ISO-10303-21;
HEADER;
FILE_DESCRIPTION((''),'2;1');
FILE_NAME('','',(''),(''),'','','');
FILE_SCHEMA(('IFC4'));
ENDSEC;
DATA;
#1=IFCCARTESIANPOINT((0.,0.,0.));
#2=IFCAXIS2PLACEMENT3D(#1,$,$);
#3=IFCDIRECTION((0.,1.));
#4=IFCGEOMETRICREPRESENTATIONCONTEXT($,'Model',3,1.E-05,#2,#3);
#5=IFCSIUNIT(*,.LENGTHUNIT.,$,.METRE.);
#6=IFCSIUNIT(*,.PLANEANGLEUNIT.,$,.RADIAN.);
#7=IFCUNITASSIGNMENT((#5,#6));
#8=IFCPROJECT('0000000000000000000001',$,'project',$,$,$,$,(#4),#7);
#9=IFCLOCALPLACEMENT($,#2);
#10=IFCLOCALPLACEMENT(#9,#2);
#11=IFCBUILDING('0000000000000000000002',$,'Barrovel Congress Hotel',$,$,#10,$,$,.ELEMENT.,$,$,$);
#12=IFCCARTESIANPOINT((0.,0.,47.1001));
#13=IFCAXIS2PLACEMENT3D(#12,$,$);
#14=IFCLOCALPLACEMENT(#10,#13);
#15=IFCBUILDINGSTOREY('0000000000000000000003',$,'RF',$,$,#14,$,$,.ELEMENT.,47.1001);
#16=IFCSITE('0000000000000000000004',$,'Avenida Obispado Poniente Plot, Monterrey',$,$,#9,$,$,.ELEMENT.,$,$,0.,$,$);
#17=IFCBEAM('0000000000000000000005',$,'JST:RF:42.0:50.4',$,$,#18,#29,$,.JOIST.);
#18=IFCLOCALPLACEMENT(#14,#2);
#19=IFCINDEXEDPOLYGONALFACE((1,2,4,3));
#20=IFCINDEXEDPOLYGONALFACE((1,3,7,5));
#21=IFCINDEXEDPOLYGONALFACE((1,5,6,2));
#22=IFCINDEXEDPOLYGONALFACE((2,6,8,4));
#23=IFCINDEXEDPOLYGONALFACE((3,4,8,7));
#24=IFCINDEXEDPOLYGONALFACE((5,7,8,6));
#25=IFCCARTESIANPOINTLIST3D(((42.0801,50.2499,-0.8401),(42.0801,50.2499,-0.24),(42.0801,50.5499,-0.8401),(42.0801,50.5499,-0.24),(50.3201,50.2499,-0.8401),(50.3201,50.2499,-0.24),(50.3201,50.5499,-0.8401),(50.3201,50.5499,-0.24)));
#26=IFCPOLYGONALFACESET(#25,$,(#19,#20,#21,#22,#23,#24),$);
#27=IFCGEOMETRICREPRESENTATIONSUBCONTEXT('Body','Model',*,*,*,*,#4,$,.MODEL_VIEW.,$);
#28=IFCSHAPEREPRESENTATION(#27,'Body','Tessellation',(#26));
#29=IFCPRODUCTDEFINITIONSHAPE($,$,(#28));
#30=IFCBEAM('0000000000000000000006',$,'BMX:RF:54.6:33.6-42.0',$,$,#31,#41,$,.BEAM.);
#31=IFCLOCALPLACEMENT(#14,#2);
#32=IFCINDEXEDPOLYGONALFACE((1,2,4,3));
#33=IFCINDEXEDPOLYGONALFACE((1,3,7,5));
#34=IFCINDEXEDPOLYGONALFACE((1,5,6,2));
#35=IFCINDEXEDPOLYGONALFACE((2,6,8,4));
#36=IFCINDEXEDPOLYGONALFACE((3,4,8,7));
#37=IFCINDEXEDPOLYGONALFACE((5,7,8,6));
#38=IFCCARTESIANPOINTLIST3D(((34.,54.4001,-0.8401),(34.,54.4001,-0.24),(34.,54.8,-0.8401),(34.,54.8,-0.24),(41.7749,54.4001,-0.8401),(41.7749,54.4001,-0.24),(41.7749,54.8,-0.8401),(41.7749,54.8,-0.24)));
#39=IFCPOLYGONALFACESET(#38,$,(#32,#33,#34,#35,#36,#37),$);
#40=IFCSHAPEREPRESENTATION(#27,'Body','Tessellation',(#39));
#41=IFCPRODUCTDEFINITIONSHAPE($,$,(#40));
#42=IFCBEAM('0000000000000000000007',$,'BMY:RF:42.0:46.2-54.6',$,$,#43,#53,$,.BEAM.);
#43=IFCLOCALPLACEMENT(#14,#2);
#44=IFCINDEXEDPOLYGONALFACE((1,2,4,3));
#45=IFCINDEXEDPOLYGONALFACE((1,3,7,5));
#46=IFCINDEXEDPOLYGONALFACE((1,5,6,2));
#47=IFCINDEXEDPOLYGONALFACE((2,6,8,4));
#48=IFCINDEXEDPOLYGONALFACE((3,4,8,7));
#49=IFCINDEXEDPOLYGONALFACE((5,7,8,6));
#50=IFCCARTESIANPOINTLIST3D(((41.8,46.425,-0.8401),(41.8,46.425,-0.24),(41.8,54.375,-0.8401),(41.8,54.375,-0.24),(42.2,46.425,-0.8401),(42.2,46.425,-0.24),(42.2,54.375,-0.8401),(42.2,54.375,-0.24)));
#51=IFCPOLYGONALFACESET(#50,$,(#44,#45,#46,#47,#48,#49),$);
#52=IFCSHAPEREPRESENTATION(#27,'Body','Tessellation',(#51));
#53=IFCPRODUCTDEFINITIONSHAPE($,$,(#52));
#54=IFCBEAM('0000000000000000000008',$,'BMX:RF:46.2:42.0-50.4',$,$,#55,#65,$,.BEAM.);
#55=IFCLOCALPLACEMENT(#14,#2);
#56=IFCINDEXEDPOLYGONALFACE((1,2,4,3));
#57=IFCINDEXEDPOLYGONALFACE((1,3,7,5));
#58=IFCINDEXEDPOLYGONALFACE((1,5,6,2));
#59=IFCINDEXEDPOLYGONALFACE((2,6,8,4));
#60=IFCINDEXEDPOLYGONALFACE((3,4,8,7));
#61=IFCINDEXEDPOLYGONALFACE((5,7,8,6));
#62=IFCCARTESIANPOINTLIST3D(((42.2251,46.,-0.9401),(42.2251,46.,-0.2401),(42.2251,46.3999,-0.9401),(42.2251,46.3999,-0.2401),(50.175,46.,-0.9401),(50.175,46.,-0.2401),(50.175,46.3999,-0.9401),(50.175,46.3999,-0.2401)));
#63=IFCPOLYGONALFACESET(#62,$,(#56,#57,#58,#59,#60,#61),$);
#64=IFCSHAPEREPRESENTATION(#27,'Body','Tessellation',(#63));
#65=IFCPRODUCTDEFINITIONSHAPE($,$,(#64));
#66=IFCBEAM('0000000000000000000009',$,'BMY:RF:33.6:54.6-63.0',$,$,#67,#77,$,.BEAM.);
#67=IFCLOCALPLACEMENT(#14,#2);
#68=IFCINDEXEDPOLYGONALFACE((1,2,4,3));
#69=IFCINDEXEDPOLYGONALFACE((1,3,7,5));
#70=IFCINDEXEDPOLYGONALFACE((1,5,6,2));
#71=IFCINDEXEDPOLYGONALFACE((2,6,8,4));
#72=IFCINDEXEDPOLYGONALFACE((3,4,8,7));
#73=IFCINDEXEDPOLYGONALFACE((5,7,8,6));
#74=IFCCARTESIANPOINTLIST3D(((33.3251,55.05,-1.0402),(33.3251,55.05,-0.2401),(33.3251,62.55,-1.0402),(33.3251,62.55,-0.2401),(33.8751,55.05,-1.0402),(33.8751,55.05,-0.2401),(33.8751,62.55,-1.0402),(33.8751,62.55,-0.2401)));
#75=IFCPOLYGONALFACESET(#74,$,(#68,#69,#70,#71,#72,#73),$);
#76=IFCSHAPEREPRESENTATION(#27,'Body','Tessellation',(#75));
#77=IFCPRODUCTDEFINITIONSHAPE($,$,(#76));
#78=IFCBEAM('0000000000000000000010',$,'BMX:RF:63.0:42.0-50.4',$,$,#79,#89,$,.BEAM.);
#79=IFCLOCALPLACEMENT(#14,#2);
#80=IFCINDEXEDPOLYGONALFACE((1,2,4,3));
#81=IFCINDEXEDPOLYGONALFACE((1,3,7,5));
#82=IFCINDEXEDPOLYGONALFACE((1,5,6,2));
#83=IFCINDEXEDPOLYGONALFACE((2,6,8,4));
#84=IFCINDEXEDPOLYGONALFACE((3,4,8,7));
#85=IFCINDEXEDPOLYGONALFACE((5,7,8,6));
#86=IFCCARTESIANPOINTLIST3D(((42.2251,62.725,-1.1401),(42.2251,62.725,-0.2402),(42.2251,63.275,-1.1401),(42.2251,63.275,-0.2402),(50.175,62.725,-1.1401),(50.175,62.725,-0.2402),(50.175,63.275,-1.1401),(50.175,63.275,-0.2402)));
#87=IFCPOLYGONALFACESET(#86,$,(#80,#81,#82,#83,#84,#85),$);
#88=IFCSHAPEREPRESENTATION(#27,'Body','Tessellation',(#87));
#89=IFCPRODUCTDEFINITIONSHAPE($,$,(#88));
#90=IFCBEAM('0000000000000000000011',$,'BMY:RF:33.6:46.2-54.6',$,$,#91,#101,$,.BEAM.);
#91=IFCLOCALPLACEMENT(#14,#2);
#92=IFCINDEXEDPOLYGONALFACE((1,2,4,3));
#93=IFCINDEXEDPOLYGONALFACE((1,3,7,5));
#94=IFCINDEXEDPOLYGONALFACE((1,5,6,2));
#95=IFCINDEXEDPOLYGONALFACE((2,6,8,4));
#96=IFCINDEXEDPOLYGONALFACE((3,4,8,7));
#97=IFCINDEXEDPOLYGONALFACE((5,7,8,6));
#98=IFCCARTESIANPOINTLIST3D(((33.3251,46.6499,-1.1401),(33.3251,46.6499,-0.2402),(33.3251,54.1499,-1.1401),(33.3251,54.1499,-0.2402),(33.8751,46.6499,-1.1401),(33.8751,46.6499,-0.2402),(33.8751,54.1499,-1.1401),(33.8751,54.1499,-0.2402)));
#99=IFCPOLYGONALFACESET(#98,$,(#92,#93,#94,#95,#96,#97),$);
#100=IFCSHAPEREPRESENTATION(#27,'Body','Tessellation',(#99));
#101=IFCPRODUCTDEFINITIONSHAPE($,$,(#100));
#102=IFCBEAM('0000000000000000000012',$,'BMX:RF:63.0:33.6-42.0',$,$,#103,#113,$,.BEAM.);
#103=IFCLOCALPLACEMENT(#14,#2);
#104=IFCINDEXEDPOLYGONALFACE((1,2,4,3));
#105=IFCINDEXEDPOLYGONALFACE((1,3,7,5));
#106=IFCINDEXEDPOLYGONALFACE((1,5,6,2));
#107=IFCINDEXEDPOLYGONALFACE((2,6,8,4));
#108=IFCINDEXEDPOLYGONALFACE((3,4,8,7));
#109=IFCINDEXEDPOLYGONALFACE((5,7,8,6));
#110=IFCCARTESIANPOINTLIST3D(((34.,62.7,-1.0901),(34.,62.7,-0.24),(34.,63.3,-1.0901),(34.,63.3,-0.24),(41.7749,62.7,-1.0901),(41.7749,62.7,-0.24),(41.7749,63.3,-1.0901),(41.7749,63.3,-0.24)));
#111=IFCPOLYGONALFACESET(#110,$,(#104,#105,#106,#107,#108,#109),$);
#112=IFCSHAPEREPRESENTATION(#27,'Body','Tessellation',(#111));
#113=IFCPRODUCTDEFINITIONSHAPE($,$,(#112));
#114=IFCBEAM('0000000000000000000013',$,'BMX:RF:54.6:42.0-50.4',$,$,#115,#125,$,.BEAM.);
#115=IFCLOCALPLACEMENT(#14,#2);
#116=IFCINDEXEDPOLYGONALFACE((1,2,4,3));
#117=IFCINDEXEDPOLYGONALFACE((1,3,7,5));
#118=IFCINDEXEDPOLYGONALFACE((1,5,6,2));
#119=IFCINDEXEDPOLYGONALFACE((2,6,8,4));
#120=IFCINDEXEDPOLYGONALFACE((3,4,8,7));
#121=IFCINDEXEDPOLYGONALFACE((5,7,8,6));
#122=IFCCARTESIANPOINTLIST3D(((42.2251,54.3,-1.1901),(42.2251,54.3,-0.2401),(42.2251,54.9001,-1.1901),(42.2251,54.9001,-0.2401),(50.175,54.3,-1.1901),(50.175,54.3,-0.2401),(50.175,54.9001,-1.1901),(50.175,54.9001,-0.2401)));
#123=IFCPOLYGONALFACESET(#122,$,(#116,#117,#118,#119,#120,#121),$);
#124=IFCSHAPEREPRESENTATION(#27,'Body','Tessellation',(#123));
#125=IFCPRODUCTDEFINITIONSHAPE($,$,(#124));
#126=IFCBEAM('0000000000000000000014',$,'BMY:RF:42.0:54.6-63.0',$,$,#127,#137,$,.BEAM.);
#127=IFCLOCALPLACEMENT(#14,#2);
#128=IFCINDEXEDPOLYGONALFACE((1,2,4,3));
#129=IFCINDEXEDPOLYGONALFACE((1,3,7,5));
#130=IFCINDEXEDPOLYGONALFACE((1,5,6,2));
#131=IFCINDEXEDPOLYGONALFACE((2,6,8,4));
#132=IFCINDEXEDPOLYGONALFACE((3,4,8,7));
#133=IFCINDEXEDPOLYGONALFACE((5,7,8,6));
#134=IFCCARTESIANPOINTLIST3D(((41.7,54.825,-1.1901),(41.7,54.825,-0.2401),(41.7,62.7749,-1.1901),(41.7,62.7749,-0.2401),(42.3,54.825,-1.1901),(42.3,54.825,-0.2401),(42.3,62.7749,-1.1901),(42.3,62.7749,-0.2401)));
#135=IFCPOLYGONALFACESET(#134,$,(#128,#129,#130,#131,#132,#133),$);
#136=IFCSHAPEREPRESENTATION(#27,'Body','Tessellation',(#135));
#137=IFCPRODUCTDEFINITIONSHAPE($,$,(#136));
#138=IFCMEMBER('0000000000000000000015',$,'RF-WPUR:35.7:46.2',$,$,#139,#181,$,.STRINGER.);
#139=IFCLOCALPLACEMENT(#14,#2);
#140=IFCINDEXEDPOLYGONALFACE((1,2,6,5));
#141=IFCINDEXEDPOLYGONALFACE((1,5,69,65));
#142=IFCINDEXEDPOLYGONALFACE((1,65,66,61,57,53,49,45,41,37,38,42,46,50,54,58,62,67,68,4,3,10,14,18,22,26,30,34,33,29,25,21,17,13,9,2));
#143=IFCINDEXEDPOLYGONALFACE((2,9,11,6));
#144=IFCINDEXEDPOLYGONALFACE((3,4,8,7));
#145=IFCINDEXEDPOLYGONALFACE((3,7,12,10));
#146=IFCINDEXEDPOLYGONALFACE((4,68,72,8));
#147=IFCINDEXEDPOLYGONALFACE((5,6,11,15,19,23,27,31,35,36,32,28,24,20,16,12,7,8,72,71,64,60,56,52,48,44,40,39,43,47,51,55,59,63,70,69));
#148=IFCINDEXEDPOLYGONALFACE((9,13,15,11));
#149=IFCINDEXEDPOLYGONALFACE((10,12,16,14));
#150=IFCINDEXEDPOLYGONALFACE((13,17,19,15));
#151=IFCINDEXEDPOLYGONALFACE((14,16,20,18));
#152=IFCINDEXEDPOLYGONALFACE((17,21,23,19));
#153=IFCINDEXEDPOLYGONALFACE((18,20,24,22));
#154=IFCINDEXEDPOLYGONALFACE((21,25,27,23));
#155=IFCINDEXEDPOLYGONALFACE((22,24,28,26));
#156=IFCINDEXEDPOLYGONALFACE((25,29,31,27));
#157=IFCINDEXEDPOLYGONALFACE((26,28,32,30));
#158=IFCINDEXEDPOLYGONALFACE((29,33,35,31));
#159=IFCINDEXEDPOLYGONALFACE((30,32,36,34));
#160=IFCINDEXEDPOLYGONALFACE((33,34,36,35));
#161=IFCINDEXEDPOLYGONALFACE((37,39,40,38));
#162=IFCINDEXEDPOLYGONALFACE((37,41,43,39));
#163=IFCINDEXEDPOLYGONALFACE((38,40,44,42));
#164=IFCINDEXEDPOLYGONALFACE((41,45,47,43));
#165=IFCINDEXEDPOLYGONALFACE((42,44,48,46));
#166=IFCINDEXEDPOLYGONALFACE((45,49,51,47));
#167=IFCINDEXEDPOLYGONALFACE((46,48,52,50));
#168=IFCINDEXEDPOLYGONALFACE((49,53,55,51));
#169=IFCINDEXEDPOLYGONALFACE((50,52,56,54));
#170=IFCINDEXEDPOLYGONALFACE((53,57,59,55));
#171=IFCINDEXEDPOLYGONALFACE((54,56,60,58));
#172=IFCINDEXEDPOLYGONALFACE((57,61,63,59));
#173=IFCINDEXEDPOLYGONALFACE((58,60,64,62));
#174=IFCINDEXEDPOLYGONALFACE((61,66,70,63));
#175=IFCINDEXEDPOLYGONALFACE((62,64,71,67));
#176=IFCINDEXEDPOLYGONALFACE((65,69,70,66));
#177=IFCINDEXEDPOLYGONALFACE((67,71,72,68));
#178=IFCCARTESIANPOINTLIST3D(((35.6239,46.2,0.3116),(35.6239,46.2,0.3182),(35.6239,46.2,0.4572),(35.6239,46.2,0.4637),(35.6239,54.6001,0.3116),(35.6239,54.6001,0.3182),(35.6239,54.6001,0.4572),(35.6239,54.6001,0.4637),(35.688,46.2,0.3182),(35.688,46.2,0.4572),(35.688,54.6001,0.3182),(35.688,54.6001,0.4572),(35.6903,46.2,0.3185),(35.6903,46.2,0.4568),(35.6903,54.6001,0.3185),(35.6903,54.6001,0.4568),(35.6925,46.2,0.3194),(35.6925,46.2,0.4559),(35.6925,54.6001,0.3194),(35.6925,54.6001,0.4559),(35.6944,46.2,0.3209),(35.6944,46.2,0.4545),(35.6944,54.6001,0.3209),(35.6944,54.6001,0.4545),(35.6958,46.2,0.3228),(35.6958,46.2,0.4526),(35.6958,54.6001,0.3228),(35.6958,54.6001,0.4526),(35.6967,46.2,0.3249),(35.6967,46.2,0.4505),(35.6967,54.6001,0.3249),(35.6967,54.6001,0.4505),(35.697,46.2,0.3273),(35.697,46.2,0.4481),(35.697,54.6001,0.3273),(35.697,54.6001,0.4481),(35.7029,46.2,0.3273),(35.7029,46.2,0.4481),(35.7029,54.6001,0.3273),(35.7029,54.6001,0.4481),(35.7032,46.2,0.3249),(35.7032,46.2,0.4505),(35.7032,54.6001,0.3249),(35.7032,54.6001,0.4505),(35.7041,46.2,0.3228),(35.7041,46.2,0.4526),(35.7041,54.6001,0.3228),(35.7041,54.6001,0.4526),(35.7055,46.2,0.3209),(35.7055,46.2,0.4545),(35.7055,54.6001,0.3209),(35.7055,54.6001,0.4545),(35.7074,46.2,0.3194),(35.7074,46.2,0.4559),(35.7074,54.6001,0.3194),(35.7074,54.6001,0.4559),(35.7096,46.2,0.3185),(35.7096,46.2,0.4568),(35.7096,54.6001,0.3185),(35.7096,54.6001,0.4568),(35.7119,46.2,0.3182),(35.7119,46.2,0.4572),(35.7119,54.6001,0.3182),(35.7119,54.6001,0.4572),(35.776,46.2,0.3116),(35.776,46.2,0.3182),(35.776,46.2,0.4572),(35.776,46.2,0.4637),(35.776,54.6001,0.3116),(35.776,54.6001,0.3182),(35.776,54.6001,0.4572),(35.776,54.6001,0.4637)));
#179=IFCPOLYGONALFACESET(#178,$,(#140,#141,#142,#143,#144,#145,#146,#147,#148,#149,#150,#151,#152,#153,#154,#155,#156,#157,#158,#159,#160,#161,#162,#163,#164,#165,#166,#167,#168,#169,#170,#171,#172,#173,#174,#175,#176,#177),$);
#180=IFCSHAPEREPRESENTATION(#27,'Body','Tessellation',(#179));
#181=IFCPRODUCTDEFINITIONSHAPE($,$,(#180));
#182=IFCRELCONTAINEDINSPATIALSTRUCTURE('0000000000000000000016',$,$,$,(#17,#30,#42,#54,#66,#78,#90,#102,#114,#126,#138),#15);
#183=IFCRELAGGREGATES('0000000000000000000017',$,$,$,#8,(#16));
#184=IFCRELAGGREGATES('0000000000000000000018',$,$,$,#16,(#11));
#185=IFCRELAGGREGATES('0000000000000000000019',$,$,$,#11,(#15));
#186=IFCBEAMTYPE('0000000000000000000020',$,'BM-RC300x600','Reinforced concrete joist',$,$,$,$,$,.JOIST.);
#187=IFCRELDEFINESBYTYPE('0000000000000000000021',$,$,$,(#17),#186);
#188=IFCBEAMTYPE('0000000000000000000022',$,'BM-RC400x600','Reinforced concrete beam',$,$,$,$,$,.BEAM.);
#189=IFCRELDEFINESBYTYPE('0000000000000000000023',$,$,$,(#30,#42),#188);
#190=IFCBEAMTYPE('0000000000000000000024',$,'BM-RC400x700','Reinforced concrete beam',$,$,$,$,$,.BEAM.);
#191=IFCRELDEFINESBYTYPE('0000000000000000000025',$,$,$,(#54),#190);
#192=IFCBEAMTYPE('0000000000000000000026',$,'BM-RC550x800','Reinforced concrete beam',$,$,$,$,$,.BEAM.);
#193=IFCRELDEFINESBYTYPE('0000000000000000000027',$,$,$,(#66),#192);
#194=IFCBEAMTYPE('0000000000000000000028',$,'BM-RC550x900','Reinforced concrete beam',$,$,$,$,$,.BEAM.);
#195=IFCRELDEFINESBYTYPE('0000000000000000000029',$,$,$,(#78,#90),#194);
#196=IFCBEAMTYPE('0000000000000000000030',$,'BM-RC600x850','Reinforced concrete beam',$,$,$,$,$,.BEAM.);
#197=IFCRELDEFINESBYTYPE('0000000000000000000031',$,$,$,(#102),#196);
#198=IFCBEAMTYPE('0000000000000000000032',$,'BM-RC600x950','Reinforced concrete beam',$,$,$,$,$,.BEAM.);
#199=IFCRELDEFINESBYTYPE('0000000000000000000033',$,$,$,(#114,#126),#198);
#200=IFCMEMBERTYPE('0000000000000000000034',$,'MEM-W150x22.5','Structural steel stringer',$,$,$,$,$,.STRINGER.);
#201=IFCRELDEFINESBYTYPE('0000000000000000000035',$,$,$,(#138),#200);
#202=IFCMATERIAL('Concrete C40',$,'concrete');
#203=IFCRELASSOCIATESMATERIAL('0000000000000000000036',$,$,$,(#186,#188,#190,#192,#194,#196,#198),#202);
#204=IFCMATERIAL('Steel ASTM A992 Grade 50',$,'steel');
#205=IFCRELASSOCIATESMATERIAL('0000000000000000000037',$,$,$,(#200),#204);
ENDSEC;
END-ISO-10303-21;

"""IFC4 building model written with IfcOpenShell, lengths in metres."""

from ifc_helpers import new_model, si_unit, direction, frame, origin, origin_2d, place, context, subcontext, project, spatial, rectangle, i_section, extrude, material, material_profile, profile_set, type_object, element, save


model = new_model("IFC4")

# Units and contexts
model_context = context("Model", 3, precision=1e-05, world=origin(), true_north=direction((0.0, 1.0)))
body_context = subcontext(model_context, "Body", "Model", "MODEL_VIEW")
ifc_project = project(units=[si_unit("LENGTHUNIT", "METRE"), si_unit("PLANEANGLEUNIT", "RADIAN")], contexts=[model_context])

# Site, building, storey
site_placement = place(None, origin())
site = spatial("IfcSite", under=ifc_project, at=site_placement, Name="Avenida Obispado Poniente Plot, Monterrey", CompositionType="ELEMENT", RefElevation=0.0)
building_placement = place(site_placement, origin())
building = spatial("IfcBuilding", under=site, at=building_placement, Name="Barrovel Congress Hotel", CompositionType="ELEMENT")
storey_placement = place(building_placement, frame((0.0, 0.0, 47.1001)))
storey = spatial("IfcBuildingStorey", under=building, at=storey_placement, Name="RF", CompositionType="ELEMENT", Elevation=47.1001)

# Beams
ifc_material_1 = material(Name="Concrete C40", Category="concrete")
ifc_material_profile_1 = material_profile(ifc_material_1, rectangle(XDim=0.3, YDim=0.6001, at=origin_2d()), Name="RC300x600")
ifc_profile_set_1 = profile_set([ifc_material_profile_1], Name="Concrete C40")
beam_type_1 = type_object("IfcBeamType", Name="BM-RC300x600", Description="Reinforced concrete joist", PredefinedType="JOIST", material=ifc_profile_set_1)
beam_1_placement = place(storey_placement, frame((42.0801, 50.3999, -0.54), z_axis=(1.0, 0.0, 0.0), x_axis=(0.0, 1.0, 0.0)))
element("IfcBeam", 1, at=beam_1_placement, inside=storey, type_object=beam_type_1, Name="JST:RF:42.0:50.4", PredefinedType="JOIST", context=body_context, shape_type="SweptSolid", body=[
    extrude(rectangle(XDim=0.3, YDim=0.6001, at=origin_2d()), origin(), (0.0, 0.0, 1.0), 8.24),
])
ifc_material_profile_2 = material_profile(ifc_material_1, rectangle(XDim=0.3999, YDim=0.6001, at=origin_2d()), Name="RC400x600")
ifc_profile_set_2 = profile_set([ifc_material_profile_2], Name="Concrete C40")
beam_type_2 = type_object("IfcBeamType", Name="BM-RC400x600", Description="Reinforced concrete beam", PredefinedType="BEAM", material=ifc_profile_set_2)
beam_2_placement = place(storey_placement, frame((34.0, 54.6001, -0.54), z_axis=(1.0, 0.0, 0.0), x_axis=(0.0, 1.0, 0.0)))
element("IfcBeam", 2, at=beam_2_placement, inside=storey, type_object=beam_type_2, Name="BMX:RF:54.6:33.6-42.0", PredefinedType="BEAM", context=body_context, shape_type="SweptSolid", body=[
    extrude(rectangle(XDim=0.3999, YDim=0.6001, at=origin_2d()), origin(), (0.0, 0.0, 1.0), 7.7749),
])
beam_3_placement = place(storey_placement, frame((42.0, 46.425, -0.54), z_axis=(0.0, 1.0, 0.0), x_axis=(-1.0, 0.0, 0.0)))
element("IfcBeam", 3, at=beam_3_placement, inside=storey, type_object=beam_type_2, Name="BMY:RF:42.0:46.2-54.6", PredefinedType="BEAM", context=body_context, shape_type="SweptSolid", body=[
    extrude(rectangle(XDim=0.3999, YDim=0.6001, at=origin_2d()), origin(), (0.0, 0.0, 1.0), 7.95),
])
ifc_material_profile_3 = material_profile(ifc_material_1, rectangle(XDim=0.3999, YDim=0.7, at=origin_2d()), Name="RC400x700")
ifc_profile_set_3 = profile_set([ifc_material_profile_3], Name="Concrete C40")
beam_type_3 = type_object("IfcBeamType", Name="BM-RC400x700", Description="Reinforced concrete beam", PredefinedType="BEAM", material=ifc_profile_set_3)
beam_4_placement = place(storey_placement, frame((42.2251, 46.2, -0.5901), z_axis=(1.0, 0.0, 0.0), x_axis=(0.0, 1.0, 0.0)))
element("IfcBeam", 4, at=beam_4_placement, inside=storey, type_object=beam_type_3, Name="BMX:RF:46.2:42.0-50.4", PredefinedType="BEAM", context=body_context, shape_type="SweptSolid", body=[
    extrude(rectangle(XDim=0.3999, YDim=0.7, at=origin_2d()), origin(), (0.0, 0.0, 1.0), 7.95),
])
ifc_material_profile_4 = material_profile(ifc_material_1, rectangle(XDim=0.55, YDim=0.8, at=origin_2d()), Name="RC550x800")
ifc_profile_set_4 = profile_set([ifc_material_profile_4], Name="Concrete C40")
beam_type_4 = type_object("IfcBeamType", Name="BM-RC550x800", Description="Reinforced concrete beam", PredefinedType="BEAM", material=ifc_profile_set_4)
beam_5_placement = place(storey_placement, frame((33.6001, 55.05, -0.6401), z_axis=(0.0, 1.0, 0.0), x_axis=(-1.0, 0.0, 0.0)))
element("IfcBeam", 5, at=beam_5_placement, inside=storey, type_object=beam_type_4, Name="BMY:RF:33.6:54.6-63.0", PredefinedType="BEAM", context=body_context, shape_type="SweptSolid", body=[
    extrude(rectangle(XDim=0.55, YDim=0.8, at=origin_2d()), origin(), (0.0, 0.0, 1.0), 7.5),
])
ifc_material_profile_5 = material_profile(ifc_material_1, rectangle(XDim=0.55, YDim=0.8999, at=origin_2d()), Name="RC550x900")
ifc_profile_set_5 = profile_set([ifc_material_profile_5], Name="Concrete C40")
beam_type_5 = type_object("IfcBeamType", Name="BM-RC550x900", Description="Reinforced concrete beam", PredefinedType="BEAM", material=ifc_profile_set_5)
beam_6_placement = place(storey_placement, frame((42.2251, 63.0, -0.6902), z_axis=(1.0, 0.0, 0.0), x_axis=(0.0, 1.0, 0.0)))
element("IfcBeam", 6, at=beam_6_placement, inside=storey, type_object=beam_type_5, Name="BMX:RF:63.0:42.0-50.4", PredefinedType="BEAM", context=body_context, shape_type="SweptSolid", body=[
    extrude(rectangle(XDim=0.55, YDim=0.8999, at=origin_2d()), origin(), (0.0, 0.0, 1.0), 7.95),
])
beam_7_placement = place(storey_placement, frame((33.6001, 46.6499, -0.6902), z_axis=(0.0, 1.0, 0.0), x_axis=(-1.0, 0.0, 0.0)))
element("IfcBeam", 7, at=beam_7_placement, inside=storey, type_object=beam_type_5, Name="BMY:RF:33.6:46.2-54.6", PredefinedType="BEAM", context=body_context, shape_type="SweptSolid", body=[
    extrude(rectangle(XDim=0.55, YDim=0.8999, at=origin_2d()), origin(), (0.0, 0.0, 1.0), 7.5),
])
ifc_material_profile_6 = material_profile(ifc_material_1, rectangle(XDim=0.6001, YDim=0.8501, at=origin_2d()), Name="RC600x850")
ifc_profile_set_6 = profile_set([ifc_material_profile_6], Name="Concrete C40")
beam_type_6 = type_object("IfcBeamType", Name="BM-RC600x850", Description="Reinforced concrete beam", PredefinedType="BEAM", material=ifc_profile_set_6)
beam_8_placement = place(storey_placement, frame((34.0, 63.0, -0.665), z_axis=(1.0, 0.0, 0.0), x_axis=(0.0, 1.0, 0.0)))
element("IfcBeam", 8, at=beam_8_placement, inside=storey, type_object=beam_type_6, Name="BMX:RF:63.0:33.6-42.0", PredefinedType="BEAM", context=body_context, shape_type="SweptSolid", body=[
    extrude(rectangle(XDim=0.6001, YDim=0.8501, at=origin_2d()), origin(), (0.0, 0.0, 1.0), 7.7749),
])
ifc_material_profile_7 = material_profile(ifc_material_1, rectangle(XDim=0.6001, YDim=0.95, at=origin_2d()), Name="RC600x950")
ifc_profile_set_7 = profile_set([ifc_material_profile_7], Name="Concrete C40")
beam_type_7 = type_object("IfcBeamType", Name="BM-RC600x950", Description="Reinforced concrete beam", PredefinedType="BEAM", material=ifc_profile_set_7)
for number, where, z_axis, x_axis, name in (
    (9, (42.2251, 54.6001, -0.7151), (1.0, 0.0, 0.0), (0.0, 1.0, 0.0), "BMX:RF:54.6:42.0-50.4"),
    (10, (42.0, 54.825, -0.7151), (0.0, 1.0, 0.0), (-1.0, 0.0, 0.0), "BMY:RF:42.0:54.6-63.0"),
):
    element("IfcBeam", number, at=place(storey_placement, frame(where, z_axis=z_axis, x_axis=x_axis)), inside=storey, type_object=beam_type_7, Name=name, PredefinedType="BEAM", context=body_context, shape_type="SweptSolid", body=[
        extrude(rectangle(XDim=0.6001, YDim=0.95, at=origin_2d()), origin(), (0.0, 0.0, 1.0), 7.95),
    ])

# Member
ifc_material_2 = material(Name="Steel ASTM A992 Grade 50", Category="steel")
ifc_material_profile_8 = material_profile(ifc_material_2, i_section(OverallWidth=0.1521, OverallDepth=0.1521, WebThickness=0.0059, FlangeThickness=0.0066, FilletRadius=0.009, at=origin_2d()), Name="W150x22.5")
ifc_profile_set_8 = profile_set([ifc_material_profile_8], Name="Steel ASTM A992 Grade 50")
member_type_1 = type_object("IfcMemberType", Name="MEM-W150x22.5", Description="Structural steel stringer", PredefinedType="STRINGER", material=ifc_profile_set_8)
for number, where, z_axis, x_axis, name in (
    (11, (35.7, 46.2, 0.3877), (0.0, 1.0, 0.0), (-1.0, 0.0, 0.0), "RF-WPUR:35.7:46.2"),
):
    element("IfcMember", number, at=place(storey_placement, frame(where, z_axis=z_axis, x_axis=x_axis)), inside=storey, type_object=member_type_1, Name=name, PredefinedType="STRINGER", context=body_context, shape_type="SweptSolid", body=[
        extrude(i_section(OverallWidth=0.1521, OverallDepth=0.1521, WebThickness=0.0059, FlangeThickness=0.0066, FilletRadius=0.009, at=origin_2d()), origin(), (0.0, 0.0, 1.0), 8.4001),
    ])

save(model, "model.ifc")
